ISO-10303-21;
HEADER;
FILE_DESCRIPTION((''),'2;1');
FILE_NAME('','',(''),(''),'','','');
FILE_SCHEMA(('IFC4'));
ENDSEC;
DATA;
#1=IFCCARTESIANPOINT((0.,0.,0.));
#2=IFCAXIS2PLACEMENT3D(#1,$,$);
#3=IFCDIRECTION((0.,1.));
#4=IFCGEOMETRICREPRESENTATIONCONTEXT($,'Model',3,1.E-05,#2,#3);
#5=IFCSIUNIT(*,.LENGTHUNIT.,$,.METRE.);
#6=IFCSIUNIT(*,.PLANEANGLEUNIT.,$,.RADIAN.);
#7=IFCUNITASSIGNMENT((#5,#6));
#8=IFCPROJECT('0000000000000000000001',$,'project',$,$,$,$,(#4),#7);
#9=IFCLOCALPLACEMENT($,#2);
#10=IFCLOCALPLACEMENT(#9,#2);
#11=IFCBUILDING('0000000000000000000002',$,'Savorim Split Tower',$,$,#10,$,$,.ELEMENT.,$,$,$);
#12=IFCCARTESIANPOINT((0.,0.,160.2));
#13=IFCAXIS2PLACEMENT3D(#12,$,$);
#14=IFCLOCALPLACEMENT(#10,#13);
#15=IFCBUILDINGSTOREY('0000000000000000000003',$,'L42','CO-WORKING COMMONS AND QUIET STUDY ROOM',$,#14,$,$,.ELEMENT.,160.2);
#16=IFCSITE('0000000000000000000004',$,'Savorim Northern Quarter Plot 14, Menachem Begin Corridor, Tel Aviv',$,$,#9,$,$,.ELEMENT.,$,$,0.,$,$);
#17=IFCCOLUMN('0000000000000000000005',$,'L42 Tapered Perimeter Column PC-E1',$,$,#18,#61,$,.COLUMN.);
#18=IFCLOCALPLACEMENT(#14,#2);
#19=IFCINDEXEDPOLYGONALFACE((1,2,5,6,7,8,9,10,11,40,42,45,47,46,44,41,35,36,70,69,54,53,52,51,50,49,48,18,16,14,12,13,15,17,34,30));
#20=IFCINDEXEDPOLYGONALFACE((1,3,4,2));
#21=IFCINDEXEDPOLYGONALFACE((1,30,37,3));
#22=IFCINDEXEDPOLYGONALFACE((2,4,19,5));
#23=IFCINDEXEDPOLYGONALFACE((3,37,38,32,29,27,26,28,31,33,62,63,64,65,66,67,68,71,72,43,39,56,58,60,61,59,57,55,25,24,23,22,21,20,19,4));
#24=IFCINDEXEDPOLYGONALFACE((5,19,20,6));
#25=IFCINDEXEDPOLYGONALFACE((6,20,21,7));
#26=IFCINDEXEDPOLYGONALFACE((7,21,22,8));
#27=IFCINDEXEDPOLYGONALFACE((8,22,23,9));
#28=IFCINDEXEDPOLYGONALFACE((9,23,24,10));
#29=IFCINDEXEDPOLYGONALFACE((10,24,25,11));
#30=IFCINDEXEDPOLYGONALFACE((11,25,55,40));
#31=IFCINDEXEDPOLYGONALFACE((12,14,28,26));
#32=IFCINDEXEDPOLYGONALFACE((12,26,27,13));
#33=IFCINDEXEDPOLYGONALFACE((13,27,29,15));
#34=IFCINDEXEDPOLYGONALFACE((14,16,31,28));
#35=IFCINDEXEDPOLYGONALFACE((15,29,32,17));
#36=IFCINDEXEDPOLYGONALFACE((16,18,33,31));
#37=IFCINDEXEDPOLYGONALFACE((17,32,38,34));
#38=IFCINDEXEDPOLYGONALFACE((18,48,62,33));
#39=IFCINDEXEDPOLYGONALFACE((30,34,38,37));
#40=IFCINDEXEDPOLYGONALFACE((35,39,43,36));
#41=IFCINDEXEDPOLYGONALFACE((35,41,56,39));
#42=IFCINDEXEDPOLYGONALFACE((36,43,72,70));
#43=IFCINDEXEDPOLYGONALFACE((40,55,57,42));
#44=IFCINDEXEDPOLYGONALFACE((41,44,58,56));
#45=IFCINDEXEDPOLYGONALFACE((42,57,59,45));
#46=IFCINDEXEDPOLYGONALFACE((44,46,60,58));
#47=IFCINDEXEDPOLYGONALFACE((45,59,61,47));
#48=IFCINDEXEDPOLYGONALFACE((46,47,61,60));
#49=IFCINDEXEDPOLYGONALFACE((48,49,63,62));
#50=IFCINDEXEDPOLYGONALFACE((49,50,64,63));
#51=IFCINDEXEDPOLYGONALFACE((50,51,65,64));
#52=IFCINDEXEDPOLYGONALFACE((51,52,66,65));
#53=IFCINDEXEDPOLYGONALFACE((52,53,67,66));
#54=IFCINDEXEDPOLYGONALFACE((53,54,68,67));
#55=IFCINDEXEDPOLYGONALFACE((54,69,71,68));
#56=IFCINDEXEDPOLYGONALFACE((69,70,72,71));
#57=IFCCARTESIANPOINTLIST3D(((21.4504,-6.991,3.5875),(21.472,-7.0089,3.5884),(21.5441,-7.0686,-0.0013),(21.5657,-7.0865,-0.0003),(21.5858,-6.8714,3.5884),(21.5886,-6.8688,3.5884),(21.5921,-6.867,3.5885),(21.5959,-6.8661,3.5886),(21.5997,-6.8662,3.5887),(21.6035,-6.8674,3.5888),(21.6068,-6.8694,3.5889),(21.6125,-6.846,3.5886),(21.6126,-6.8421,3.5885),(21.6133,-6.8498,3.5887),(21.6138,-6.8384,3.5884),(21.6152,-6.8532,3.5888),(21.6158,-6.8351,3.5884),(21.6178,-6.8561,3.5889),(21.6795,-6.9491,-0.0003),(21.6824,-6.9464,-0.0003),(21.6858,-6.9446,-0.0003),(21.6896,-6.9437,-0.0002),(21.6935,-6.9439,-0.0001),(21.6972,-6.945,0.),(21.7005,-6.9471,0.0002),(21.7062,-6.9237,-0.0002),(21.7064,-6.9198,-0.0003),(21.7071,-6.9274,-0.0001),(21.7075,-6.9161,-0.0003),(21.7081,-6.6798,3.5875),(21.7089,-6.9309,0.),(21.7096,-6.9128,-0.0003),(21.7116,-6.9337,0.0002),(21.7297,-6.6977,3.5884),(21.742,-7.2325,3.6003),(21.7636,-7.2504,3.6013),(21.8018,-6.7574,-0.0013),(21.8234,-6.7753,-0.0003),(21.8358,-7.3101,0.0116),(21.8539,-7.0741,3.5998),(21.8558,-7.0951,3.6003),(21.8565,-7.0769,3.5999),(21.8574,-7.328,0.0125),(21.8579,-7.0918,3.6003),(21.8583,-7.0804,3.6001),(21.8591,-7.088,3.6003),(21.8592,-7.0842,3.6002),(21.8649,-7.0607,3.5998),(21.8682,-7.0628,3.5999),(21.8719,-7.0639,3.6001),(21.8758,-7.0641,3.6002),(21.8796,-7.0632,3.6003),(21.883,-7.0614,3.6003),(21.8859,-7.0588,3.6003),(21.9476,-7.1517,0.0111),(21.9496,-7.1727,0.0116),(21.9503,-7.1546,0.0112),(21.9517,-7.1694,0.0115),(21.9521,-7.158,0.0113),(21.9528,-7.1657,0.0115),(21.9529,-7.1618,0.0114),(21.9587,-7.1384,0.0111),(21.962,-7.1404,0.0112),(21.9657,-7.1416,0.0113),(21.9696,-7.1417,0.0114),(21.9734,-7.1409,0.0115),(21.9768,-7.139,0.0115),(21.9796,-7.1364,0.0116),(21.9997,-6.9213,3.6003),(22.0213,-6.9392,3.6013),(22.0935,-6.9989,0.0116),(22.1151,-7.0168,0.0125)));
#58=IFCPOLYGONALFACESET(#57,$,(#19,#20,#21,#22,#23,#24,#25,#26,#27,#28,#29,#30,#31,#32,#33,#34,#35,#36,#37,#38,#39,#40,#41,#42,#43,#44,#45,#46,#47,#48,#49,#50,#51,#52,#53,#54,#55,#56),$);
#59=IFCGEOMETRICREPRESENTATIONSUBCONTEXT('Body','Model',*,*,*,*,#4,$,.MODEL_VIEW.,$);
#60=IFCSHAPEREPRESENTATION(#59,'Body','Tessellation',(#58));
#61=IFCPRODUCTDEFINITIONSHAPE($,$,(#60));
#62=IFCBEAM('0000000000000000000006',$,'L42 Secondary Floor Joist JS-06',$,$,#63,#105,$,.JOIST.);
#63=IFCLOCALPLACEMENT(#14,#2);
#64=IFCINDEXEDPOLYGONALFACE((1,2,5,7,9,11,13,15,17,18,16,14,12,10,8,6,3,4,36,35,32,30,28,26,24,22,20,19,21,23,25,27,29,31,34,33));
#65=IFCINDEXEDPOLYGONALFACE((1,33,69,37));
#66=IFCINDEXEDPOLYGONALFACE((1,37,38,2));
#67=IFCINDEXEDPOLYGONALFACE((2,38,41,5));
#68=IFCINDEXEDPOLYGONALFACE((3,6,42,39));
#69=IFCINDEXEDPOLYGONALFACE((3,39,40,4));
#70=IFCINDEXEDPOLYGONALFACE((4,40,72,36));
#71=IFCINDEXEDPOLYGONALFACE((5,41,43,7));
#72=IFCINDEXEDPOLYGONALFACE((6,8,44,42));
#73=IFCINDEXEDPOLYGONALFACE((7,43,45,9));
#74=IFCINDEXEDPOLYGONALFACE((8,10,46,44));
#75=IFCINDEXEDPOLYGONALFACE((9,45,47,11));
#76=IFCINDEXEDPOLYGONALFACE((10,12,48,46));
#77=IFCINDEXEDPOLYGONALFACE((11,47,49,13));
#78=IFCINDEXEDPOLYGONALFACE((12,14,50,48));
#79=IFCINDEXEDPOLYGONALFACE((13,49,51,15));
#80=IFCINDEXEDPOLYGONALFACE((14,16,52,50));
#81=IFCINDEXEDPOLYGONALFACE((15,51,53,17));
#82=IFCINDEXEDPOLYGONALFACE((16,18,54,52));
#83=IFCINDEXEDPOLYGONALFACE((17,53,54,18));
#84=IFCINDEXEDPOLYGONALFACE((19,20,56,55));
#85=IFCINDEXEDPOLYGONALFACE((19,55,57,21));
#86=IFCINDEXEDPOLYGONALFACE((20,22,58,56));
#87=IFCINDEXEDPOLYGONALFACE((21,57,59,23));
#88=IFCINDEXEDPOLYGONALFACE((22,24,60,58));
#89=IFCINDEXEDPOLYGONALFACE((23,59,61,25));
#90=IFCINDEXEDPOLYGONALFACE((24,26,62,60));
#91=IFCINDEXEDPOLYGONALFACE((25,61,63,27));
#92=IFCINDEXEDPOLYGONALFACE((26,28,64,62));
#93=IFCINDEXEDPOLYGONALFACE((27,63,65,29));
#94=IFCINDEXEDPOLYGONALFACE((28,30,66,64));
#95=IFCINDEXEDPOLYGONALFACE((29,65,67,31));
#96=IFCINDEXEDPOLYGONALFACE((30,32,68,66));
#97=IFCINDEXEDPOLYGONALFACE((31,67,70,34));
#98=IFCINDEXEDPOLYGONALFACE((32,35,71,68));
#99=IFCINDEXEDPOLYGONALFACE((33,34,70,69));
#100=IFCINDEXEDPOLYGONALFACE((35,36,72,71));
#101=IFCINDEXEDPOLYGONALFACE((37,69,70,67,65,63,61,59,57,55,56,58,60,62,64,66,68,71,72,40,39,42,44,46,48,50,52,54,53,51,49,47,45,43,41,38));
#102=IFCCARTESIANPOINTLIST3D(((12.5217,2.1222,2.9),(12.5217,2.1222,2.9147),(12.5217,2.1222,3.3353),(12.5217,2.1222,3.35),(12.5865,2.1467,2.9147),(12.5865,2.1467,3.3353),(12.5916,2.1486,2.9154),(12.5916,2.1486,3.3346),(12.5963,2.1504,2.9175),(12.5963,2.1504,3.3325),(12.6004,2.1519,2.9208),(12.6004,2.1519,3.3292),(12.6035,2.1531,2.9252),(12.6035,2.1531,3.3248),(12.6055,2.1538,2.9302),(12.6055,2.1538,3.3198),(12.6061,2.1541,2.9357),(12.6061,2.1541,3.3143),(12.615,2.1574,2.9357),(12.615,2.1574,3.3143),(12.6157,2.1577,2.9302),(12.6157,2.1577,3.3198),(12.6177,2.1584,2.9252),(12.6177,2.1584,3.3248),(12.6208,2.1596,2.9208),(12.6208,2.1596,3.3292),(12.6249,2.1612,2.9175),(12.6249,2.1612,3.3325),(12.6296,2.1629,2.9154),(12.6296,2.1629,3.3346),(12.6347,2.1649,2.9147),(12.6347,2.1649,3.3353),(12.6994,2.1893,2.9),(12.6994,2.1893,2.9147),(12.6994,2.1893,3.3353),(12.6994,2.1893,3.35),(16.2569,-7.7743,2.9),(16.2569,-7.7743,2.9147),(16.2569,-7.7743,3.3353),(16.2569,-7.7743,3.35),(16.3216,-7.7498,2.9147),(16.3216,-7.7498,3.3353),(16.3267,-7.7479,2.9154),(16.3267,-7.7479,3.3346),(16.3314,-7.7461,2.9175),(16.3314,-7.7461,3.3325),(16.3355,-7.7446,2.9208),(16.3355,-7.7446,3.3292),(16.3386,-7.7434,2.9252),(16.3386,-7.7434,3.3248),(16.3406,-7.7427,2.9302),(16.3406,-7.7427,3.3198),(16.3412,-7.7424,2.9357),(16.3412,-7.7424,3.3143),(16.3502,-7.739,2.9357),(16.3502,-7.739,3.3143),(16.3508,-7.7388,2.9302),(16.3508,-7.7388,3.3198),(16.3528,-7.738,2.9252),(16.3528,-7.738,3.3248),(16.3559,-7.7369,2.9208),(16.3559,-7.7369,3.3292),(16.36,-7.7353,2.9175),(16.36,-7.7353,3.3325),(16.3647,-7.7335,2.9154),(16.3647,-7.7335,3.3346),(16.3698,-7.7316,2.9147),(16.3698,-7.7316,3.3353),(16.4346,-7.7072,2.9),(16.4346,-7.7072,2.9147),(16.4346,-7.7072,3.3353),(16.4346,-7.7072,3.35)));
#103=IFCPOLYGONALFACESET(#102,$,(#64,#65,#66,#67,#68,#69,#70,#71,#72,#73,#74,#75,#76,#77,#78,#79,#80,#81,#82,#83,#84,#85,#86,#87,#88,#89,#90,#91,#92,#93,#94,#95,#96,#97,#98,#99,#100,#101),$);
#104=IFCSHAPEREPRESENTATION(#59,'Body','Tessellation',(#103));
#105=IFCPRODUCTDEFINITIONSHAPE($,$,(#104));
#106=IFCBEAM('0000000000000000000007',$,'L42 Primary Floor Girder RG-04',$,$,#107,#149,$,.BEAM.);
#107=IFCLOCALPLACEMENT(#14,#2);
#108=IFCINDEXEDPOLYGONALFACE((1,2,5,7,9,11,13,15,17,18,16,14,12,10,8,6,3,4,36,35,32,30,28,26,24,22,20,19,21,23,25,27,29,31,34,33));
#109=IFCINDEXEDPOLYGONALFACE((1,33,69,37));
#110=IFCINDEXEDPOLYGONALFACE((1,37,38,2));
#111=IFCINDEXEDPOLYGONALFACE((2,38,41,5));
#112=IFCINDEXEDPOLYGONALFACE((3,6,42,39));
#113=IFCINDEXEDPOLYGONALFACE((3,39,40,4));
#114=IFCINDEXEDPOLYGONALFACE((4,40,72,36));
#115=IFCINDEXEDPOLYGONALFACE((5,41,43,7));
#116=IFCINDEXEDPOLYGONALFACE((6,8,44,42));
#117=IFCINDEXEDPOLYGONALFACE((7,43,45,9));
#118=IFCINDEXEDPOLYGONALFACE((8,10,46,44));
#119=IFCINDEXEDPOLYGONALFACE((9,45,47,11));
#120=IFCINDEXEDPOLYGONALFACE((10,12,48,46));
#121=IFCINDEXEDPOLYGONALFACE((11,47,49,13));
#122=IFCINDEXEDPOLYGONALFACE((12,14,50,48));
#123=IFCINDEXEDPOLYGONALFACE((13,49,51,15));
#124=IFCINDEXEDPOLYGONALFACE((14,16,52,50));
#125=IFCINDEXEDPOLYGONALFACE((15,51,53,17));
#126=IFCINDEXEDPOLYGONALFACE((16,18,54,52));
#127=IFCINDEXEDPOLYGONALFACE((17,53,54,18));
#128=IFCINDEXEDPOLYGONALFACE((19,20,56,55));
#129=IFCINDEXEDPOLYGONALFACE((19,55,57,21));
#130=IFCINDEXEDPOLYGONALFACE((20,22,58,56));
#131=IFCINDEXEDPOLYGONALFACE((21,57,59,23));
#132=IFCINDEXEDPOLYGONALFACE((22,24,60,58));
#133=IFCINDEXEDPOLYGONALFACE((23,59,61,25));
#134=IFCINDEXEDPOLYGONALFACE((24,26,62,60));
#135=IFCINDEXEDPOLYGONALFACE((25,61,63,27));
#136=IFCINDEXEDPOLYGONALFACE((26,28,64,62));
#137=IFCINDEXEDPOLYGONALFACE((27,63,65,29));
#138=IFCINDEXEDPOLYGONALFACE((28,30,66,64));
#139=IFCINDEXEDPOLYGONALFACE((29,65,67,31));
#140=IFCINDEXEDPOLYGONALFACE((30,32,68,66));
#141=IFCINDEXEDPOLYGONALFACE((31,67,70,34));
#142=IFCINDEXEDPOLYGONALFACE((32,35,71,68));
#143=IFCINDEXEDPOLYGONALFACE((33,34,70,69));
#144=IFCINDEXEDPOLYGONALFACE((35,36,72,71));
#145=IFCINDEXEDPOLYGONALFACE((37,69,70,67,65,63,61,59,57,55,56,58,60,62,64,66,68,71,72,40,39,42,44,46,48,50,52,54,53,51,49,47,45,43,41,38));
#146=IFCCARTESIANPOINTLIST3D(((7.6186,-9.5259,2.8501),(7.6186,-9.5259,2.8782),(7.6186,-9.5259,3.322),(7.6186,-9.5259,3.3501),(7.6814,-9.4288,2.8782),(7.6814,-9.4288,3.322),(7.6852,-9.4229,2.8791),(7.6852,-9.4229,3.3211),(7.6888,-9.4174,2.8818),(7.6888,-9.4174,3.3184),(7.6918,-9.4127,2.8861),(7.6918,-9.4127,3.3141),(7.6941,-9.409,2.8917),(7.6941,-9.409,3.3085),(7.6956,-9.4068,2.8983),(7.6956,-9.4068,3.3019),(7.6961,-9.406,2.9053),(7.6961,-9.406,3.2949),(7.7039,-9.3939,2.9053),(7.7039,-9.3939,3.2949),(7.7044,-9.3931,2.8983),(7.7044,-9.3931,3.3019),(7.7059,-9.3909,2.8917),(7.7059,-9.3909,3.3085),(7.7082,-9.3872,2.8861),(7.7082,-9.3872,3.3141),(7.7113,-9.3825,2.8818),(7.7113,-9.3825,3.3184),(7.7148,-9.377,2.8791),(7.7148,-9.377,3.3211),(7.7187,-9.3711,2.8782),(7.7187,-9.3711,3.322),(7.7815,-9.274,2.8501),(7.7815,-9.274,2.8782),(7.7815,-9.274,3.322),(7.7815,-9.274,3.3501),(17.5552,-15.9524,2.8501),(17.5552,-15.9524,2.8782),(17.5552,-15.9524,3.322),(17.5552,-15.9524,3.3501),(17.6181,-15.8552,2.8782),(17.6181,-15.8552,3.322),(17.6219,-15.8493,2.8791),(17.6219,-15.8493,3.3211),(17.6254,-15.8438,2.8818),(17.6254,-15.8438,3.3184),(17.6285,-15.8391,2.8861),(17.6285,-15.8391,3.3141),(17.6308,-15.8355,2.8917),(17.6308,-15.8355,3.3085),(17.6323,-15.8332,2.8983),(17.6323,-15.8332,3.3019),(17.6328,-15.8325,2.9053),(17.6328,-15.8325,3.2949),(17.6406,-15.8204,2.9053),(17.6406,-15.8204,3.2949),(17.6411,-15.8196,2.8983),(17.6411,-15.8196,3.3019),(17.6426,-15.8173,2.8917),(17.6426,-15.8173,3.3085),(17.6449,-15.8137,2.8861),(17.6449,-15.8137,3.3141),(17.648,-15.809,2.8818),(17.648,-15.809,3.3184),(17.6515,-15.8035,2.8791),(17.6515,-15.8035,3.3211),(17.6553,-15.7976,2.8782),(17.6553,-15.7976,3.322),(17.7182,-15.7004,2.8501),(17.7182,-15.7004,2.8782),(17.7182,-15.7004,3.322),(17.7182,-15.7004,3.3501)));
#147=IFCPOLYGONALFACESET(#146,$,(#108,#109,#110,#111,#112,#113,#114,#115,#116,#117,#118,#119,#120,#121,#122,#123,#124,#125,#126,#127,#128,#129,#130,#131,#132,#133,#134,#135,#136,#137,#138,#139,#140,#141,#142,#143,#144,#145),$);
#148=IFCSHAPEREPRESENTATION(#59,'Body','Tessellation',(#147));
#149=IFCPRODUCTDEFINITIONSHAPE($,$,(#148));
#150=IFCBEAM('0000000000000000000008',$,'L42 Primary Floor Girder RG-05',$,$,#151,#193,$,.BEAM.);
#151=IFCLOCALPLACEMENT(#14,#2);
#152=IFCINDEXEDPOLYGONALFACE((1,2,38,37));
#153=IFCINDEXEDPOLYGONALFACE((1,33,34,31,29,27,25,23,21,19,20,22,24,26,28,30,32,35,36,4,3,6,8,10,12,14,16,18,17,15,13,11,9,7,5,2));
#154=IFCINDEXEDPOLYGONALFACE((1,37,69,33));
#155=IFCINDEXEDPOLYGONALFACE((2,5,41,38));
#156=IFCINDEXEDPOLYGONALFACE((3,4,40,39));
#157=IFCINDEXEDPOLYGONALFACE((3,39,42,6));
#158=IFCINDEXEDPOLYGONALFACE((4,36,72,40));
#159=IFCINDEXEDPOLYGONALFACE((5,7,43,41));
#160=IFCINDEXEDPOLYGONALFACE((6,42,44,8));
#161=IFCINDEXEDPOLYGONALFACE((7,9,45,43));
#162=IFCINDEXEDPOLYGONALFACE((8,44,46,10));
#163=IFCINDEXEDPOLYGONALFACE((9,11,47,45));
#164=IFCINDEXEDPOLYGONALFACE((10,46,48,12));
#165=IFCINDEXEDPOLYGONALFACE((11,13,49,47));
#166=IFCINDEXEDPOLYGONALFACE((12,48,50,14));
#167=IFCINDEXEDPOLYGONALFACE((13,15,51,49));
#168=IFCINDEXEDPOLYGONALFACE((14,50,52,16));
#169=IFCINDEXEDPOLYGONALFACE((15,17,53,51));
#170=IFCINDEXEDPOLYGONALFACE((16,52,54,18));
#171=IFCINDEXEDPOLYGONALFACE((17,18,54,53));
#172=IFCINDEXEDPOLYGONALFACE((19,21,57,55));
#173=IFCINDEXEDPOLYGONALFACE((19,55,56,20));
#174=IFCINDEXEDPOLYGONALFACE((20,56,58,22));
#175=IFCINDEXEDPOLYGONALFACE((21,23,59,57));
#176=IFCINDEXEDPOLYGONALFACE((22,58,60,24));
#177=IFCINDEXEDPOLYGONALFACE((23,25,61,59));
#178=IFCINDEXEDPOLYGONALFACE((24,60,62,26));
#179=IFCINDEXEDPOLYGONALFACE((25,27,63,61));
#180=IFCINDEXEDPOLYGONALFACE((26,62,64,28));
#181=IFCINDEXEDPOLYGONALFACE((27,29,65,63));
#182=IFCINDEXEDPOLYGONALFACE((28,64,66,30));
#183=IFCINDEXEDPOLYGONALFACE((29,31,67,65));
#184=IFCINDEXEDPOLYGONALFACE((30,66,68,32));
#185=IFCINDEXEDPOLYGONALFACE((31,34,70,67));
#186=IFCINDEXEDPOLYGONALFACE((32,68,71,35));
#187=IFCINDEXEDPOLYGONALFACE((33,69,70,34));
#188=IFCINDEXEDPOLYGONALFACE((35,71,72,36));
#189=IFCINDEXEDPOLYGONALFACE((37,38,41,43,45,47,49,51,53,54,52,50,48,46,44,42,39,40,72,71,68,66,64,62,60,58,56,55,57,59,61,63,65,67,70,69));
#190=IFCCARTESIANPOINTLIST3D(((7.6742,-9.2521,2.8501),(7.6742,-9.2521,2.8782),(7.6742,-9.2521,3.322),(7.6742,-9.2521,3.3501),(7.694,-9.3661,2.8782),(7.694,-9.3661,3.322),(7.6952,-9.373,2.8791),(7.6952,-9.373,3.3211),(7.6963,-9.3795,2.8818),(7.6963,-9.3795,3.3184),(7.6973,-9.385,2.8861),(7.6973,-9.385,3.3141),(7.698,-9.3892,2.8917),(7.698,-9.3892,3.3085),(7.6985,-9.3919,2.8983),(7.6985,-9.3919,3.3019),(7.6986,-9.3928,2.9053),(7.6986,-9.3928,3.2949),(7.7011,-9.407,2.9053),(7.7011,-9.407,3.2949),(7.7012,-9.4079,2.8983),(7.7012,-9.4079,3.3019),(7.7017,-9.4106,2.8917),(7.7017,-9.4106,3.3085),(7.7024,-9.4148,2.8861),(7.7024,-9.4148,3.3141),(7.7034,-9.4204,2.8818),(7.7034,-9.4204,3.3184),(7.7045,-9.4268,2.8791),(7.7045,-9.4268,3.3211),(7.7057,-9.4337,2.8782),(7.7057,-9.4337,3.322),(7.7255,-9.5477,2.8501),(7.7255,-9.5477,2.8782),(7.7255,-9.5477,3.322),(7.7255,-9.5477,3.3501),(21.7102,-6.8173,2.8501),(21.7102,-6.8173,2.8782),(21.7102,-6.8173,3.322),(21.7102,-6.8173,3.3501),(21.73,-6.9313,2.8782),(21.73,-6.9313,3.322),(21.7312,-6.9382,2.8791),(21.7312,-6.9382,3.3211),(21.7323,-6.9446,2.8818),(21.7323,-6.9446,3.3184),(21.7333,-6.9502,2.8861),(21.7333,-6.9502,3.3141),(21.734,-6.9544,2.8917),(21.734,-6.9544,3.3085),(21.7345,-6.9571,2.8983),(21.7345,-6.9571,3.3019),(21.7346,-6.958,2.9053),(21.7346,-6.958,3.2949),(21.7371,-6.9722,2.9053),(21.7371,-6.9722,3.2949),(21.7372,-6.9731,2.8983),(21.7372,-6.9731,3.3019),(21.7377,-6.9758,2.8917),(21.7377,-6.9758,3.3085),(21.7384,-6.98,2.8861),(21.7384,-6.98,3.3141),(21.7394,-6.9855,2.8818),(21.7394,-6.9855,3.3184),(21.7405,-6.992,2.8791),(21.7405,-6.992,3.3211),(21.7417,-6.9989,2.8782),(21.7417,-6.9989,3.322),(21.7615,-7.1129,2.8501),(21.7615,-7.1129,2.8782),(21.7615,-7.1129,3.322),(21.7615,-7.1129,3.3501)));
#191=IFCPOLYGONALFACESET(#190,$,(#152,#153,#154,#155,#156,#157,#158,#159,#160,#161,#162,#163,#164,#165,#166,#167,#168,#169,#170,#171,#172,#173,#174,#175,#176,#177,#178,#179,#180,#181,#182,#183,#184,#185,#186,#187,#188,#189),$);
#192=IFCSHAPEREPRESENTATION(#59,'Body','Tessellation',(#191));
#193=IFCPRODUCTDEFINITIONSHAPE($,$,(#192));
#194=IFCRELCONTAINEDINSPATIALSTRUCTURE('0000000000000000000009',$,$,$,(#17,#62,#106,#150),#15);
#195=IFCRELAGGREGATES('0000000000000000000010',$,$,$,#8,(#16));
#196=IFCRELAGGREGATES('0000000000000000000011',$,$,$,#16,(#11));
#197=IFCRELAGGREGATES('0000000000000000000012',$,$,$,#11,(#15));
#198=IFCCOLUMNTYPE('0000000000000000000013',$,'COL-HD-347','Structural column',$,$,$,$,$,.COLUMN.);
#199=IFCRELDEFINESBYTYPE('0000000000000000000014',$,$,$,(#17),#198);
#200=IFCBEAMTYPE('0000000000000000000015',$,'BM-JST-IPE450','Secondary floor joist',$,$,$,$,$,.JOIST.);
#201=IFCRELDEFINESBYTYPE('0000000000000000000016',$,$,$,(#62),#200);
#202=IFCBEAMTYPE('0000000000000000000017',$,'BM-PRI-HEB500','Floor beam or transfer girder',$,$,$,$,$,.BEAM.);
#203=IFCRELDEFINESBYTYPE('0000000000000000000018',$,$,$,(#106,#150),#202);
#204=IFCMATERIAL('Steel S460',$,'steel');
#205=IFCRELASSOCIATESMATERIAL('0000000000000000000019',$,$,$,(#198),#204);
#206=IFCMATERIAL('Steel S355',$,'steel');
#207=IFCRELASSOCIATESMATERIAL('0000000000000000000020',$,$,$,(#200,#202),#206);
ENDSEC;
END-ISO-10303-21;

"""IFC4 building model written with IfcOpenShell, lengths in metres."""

from ifc_helpers import new_model, si_unit, direction, frame, origin, origin_2d, place, context, subcontext, project, spatial, i_section, extrude, material, material_profile, profile_set, type_object, element, save


model = new_model("IFC4")

# Units and contexts
model_context = context("Model", 3, precision=1e-05, world=origin(), true_north=direction((0.0, 1.0)))
body_context = subcontext(model_context, "Body", "Model", "MODEL_VIEW")
ifc_project = project(units=[si_unit("LENGTHUNIT", "METRE"), si_unit("PLANEANGLEUNIT", "RADIAN")], contexts=[model_context])

# Site, building, storey
site_placement = place(None, origin())
site = spatial("IfcSite", under=ifc_project, at=site_placement, Name="Savorim Northern Quarter Plot 14, Menachem Begin Corridor, Tel Aviv", CompositionType="ELEMENT", RefElevation=0.0)
building_placement = place(site_placement, origin())
building = spatial("IfcBuilding", under=site, at=building_placement, Name="Savorim Split Tower", CompositionType="ELEMENT")
storey_placement = place(building_placement, frame((0.0, 0.0, 160.2)))
storey = spatial("IfcBuildingStorey", under=building, at=storey_placement, Name="L42", Description="CO-WORKING COMMONS AND QUIET STUDY ROOM", CompositionType="ELEMENT", Elevation=160.2)

# Column
ifc_material_1 = material(Name="Steel S460", Category="steel")
ifc_material_profile_1 = material_profile(ifc_material_1, i_section(OverallWidth=0.4041, OverallDepth=0.407, WebThickness=0.0173, FlangeThickness=0.0281, FilletRadius=0.0149, at=origin_2d()), Name="HD 400x347")
ifc_profile_set_1 = profile_set([ifc_material_profile_1], Name="Steel S460")
column_type = type_object("IfcColumnType", Name="COL-HD-347", Description="Structural column", PredefinedType="COLUMN", material=ifc_profile_set_1)
column_placement = place(storey_placement, frame((21.8296, -7.0427, 0.0056), z_axis=(-0.026107, 0.02162, 0.999425), x_axis=(-0.637814, -0.77019, 0.0)))
element("IfcColumn", 1, at=column_placement, inside=storey, type_object=column_type, Name="L42 Tapered Perimeter Column PC-E1", PredefinedType="COLUMN", context=body_context, shape_type="SweptSolid", body=[
    extrude(i_section(OverallWidth=0.4041, OverallDepth=0.407, WebThickness=0.0173, FlangeThickness=0.0281, FilletRadius=0.0149, at=origin_2d()), origin(), (0.0, 0.0, 1.0), 3.5908),
])

# Beams
ifc_material_2 = material(Name="Steel S355", Category="steel")
ifc_material_profile_2 = material_profile(ifc_material_2, i_section(OverallWidth=0.1899, OverallDepth=0.45, WebThickness=0.0095, FlangeThickness=0.0146, FilletRadius=0.021, at=origin_2d()), Name="IPE 450")
ifc_profile_set_2 = profile_set([ifc_material_profile_2], Name="Steel S355")
beam_type_1 = type_object("IfcBeamType", Name="BM-JST-IPE450", Description="Secondary floor joist", PredefinedType="JOIST", material=ifc_profile_set_2)
beam_1_placement = place(storey_placement, frame((16.3457, -7.7407, 3.125), z_axis=(-0.353106, 0.935583, 0.0), x_axis=(-0.935583, -0.353106, 0.0)))
element("IfcBeam", 2, at=beam_1_placement, inside=storey, type_object=beam_type_1, Name="L42 Secondary Floor Joist JS-06", PredefinedType="JOIST", context=body_context, shape_type="SweptSolid", body=[
    extrude(i_section(OverallWidth=0.1899, OverallDepth=0.45, WebThickness=0.0095, FlangeThickness=0.0146, FilletRadius=0.021, at=origin_2d()), origin(), (0.0, 0.0, 1.0), 10.5779),
])
ifc_material_profile_3 = material_profile(ifc_material_2, i_section(OverallWidth=0.3, OverallDepth=0.5, WebThickness=0.0144, FlangeThickness=0.0281, FilletRadius=0.0271, at=origin_2d()), Name="HEB 500")
ifc_profile_set_3 = profile_set([ifc_material_profile_3], Name="Steel S355")
beam_type_2 = type_object("IfcBeamType", Name="BM-PRI-HEB500", Description="Floor beam or transfer girder", PredefinedType="BEAM", material=ifc_profile_set_3)
beam_2_placement = place(storey_placement, frame((17.6367, -15.8264, 3.1001), z_axis=(-0.839692, 0.543063, 0.0), x_axis=(-0.543063, -0.839692, 0.0)))
element("IfcBeam", 3, at=beam_2_placement, inside=storey, type_object=beam_type_2, Name="L42 Primary Floor Girder RG-04", PredefinedType="BEAM", context=body_context, shape_type="SweptSolid", body=[
    extrude(i_section(OverallWidth=0.3, OverallDepth=0.5, WebThickness=0.0144, FlangeThickness=0.0281, FilletRadius=0.0271, at=origin_2d()), origin(), (0.0, 0.0, 1.0), 11.8337),
])
beam_3_placement = place(storey_placement, frame((21.7358, -6.9651, 3.1001), z_axis=(-0.985285, -0.170918, 0.0), x_axis=(0.170918, -0.985285, 0.0)))
element("IfcBeam", 4, at=beam_3_placement, inside=storey, type_object=beam_type_2, Name="L42 Primary Floor Girder RG-05", PredefinedType="BEAM", context=body_context, shape_type="SweptSolid", body=[
    extrude(i_section(OverallWidth=0.3, OverallDepth=0.5, WebThickness=0.0144, FlangeThickness=0.0281, FilletRadius=0.0271, at=origin_2d()), origin(), (0.0, 0.0, 1.0), 14.2456),
])

save(model, "model.ifc")
